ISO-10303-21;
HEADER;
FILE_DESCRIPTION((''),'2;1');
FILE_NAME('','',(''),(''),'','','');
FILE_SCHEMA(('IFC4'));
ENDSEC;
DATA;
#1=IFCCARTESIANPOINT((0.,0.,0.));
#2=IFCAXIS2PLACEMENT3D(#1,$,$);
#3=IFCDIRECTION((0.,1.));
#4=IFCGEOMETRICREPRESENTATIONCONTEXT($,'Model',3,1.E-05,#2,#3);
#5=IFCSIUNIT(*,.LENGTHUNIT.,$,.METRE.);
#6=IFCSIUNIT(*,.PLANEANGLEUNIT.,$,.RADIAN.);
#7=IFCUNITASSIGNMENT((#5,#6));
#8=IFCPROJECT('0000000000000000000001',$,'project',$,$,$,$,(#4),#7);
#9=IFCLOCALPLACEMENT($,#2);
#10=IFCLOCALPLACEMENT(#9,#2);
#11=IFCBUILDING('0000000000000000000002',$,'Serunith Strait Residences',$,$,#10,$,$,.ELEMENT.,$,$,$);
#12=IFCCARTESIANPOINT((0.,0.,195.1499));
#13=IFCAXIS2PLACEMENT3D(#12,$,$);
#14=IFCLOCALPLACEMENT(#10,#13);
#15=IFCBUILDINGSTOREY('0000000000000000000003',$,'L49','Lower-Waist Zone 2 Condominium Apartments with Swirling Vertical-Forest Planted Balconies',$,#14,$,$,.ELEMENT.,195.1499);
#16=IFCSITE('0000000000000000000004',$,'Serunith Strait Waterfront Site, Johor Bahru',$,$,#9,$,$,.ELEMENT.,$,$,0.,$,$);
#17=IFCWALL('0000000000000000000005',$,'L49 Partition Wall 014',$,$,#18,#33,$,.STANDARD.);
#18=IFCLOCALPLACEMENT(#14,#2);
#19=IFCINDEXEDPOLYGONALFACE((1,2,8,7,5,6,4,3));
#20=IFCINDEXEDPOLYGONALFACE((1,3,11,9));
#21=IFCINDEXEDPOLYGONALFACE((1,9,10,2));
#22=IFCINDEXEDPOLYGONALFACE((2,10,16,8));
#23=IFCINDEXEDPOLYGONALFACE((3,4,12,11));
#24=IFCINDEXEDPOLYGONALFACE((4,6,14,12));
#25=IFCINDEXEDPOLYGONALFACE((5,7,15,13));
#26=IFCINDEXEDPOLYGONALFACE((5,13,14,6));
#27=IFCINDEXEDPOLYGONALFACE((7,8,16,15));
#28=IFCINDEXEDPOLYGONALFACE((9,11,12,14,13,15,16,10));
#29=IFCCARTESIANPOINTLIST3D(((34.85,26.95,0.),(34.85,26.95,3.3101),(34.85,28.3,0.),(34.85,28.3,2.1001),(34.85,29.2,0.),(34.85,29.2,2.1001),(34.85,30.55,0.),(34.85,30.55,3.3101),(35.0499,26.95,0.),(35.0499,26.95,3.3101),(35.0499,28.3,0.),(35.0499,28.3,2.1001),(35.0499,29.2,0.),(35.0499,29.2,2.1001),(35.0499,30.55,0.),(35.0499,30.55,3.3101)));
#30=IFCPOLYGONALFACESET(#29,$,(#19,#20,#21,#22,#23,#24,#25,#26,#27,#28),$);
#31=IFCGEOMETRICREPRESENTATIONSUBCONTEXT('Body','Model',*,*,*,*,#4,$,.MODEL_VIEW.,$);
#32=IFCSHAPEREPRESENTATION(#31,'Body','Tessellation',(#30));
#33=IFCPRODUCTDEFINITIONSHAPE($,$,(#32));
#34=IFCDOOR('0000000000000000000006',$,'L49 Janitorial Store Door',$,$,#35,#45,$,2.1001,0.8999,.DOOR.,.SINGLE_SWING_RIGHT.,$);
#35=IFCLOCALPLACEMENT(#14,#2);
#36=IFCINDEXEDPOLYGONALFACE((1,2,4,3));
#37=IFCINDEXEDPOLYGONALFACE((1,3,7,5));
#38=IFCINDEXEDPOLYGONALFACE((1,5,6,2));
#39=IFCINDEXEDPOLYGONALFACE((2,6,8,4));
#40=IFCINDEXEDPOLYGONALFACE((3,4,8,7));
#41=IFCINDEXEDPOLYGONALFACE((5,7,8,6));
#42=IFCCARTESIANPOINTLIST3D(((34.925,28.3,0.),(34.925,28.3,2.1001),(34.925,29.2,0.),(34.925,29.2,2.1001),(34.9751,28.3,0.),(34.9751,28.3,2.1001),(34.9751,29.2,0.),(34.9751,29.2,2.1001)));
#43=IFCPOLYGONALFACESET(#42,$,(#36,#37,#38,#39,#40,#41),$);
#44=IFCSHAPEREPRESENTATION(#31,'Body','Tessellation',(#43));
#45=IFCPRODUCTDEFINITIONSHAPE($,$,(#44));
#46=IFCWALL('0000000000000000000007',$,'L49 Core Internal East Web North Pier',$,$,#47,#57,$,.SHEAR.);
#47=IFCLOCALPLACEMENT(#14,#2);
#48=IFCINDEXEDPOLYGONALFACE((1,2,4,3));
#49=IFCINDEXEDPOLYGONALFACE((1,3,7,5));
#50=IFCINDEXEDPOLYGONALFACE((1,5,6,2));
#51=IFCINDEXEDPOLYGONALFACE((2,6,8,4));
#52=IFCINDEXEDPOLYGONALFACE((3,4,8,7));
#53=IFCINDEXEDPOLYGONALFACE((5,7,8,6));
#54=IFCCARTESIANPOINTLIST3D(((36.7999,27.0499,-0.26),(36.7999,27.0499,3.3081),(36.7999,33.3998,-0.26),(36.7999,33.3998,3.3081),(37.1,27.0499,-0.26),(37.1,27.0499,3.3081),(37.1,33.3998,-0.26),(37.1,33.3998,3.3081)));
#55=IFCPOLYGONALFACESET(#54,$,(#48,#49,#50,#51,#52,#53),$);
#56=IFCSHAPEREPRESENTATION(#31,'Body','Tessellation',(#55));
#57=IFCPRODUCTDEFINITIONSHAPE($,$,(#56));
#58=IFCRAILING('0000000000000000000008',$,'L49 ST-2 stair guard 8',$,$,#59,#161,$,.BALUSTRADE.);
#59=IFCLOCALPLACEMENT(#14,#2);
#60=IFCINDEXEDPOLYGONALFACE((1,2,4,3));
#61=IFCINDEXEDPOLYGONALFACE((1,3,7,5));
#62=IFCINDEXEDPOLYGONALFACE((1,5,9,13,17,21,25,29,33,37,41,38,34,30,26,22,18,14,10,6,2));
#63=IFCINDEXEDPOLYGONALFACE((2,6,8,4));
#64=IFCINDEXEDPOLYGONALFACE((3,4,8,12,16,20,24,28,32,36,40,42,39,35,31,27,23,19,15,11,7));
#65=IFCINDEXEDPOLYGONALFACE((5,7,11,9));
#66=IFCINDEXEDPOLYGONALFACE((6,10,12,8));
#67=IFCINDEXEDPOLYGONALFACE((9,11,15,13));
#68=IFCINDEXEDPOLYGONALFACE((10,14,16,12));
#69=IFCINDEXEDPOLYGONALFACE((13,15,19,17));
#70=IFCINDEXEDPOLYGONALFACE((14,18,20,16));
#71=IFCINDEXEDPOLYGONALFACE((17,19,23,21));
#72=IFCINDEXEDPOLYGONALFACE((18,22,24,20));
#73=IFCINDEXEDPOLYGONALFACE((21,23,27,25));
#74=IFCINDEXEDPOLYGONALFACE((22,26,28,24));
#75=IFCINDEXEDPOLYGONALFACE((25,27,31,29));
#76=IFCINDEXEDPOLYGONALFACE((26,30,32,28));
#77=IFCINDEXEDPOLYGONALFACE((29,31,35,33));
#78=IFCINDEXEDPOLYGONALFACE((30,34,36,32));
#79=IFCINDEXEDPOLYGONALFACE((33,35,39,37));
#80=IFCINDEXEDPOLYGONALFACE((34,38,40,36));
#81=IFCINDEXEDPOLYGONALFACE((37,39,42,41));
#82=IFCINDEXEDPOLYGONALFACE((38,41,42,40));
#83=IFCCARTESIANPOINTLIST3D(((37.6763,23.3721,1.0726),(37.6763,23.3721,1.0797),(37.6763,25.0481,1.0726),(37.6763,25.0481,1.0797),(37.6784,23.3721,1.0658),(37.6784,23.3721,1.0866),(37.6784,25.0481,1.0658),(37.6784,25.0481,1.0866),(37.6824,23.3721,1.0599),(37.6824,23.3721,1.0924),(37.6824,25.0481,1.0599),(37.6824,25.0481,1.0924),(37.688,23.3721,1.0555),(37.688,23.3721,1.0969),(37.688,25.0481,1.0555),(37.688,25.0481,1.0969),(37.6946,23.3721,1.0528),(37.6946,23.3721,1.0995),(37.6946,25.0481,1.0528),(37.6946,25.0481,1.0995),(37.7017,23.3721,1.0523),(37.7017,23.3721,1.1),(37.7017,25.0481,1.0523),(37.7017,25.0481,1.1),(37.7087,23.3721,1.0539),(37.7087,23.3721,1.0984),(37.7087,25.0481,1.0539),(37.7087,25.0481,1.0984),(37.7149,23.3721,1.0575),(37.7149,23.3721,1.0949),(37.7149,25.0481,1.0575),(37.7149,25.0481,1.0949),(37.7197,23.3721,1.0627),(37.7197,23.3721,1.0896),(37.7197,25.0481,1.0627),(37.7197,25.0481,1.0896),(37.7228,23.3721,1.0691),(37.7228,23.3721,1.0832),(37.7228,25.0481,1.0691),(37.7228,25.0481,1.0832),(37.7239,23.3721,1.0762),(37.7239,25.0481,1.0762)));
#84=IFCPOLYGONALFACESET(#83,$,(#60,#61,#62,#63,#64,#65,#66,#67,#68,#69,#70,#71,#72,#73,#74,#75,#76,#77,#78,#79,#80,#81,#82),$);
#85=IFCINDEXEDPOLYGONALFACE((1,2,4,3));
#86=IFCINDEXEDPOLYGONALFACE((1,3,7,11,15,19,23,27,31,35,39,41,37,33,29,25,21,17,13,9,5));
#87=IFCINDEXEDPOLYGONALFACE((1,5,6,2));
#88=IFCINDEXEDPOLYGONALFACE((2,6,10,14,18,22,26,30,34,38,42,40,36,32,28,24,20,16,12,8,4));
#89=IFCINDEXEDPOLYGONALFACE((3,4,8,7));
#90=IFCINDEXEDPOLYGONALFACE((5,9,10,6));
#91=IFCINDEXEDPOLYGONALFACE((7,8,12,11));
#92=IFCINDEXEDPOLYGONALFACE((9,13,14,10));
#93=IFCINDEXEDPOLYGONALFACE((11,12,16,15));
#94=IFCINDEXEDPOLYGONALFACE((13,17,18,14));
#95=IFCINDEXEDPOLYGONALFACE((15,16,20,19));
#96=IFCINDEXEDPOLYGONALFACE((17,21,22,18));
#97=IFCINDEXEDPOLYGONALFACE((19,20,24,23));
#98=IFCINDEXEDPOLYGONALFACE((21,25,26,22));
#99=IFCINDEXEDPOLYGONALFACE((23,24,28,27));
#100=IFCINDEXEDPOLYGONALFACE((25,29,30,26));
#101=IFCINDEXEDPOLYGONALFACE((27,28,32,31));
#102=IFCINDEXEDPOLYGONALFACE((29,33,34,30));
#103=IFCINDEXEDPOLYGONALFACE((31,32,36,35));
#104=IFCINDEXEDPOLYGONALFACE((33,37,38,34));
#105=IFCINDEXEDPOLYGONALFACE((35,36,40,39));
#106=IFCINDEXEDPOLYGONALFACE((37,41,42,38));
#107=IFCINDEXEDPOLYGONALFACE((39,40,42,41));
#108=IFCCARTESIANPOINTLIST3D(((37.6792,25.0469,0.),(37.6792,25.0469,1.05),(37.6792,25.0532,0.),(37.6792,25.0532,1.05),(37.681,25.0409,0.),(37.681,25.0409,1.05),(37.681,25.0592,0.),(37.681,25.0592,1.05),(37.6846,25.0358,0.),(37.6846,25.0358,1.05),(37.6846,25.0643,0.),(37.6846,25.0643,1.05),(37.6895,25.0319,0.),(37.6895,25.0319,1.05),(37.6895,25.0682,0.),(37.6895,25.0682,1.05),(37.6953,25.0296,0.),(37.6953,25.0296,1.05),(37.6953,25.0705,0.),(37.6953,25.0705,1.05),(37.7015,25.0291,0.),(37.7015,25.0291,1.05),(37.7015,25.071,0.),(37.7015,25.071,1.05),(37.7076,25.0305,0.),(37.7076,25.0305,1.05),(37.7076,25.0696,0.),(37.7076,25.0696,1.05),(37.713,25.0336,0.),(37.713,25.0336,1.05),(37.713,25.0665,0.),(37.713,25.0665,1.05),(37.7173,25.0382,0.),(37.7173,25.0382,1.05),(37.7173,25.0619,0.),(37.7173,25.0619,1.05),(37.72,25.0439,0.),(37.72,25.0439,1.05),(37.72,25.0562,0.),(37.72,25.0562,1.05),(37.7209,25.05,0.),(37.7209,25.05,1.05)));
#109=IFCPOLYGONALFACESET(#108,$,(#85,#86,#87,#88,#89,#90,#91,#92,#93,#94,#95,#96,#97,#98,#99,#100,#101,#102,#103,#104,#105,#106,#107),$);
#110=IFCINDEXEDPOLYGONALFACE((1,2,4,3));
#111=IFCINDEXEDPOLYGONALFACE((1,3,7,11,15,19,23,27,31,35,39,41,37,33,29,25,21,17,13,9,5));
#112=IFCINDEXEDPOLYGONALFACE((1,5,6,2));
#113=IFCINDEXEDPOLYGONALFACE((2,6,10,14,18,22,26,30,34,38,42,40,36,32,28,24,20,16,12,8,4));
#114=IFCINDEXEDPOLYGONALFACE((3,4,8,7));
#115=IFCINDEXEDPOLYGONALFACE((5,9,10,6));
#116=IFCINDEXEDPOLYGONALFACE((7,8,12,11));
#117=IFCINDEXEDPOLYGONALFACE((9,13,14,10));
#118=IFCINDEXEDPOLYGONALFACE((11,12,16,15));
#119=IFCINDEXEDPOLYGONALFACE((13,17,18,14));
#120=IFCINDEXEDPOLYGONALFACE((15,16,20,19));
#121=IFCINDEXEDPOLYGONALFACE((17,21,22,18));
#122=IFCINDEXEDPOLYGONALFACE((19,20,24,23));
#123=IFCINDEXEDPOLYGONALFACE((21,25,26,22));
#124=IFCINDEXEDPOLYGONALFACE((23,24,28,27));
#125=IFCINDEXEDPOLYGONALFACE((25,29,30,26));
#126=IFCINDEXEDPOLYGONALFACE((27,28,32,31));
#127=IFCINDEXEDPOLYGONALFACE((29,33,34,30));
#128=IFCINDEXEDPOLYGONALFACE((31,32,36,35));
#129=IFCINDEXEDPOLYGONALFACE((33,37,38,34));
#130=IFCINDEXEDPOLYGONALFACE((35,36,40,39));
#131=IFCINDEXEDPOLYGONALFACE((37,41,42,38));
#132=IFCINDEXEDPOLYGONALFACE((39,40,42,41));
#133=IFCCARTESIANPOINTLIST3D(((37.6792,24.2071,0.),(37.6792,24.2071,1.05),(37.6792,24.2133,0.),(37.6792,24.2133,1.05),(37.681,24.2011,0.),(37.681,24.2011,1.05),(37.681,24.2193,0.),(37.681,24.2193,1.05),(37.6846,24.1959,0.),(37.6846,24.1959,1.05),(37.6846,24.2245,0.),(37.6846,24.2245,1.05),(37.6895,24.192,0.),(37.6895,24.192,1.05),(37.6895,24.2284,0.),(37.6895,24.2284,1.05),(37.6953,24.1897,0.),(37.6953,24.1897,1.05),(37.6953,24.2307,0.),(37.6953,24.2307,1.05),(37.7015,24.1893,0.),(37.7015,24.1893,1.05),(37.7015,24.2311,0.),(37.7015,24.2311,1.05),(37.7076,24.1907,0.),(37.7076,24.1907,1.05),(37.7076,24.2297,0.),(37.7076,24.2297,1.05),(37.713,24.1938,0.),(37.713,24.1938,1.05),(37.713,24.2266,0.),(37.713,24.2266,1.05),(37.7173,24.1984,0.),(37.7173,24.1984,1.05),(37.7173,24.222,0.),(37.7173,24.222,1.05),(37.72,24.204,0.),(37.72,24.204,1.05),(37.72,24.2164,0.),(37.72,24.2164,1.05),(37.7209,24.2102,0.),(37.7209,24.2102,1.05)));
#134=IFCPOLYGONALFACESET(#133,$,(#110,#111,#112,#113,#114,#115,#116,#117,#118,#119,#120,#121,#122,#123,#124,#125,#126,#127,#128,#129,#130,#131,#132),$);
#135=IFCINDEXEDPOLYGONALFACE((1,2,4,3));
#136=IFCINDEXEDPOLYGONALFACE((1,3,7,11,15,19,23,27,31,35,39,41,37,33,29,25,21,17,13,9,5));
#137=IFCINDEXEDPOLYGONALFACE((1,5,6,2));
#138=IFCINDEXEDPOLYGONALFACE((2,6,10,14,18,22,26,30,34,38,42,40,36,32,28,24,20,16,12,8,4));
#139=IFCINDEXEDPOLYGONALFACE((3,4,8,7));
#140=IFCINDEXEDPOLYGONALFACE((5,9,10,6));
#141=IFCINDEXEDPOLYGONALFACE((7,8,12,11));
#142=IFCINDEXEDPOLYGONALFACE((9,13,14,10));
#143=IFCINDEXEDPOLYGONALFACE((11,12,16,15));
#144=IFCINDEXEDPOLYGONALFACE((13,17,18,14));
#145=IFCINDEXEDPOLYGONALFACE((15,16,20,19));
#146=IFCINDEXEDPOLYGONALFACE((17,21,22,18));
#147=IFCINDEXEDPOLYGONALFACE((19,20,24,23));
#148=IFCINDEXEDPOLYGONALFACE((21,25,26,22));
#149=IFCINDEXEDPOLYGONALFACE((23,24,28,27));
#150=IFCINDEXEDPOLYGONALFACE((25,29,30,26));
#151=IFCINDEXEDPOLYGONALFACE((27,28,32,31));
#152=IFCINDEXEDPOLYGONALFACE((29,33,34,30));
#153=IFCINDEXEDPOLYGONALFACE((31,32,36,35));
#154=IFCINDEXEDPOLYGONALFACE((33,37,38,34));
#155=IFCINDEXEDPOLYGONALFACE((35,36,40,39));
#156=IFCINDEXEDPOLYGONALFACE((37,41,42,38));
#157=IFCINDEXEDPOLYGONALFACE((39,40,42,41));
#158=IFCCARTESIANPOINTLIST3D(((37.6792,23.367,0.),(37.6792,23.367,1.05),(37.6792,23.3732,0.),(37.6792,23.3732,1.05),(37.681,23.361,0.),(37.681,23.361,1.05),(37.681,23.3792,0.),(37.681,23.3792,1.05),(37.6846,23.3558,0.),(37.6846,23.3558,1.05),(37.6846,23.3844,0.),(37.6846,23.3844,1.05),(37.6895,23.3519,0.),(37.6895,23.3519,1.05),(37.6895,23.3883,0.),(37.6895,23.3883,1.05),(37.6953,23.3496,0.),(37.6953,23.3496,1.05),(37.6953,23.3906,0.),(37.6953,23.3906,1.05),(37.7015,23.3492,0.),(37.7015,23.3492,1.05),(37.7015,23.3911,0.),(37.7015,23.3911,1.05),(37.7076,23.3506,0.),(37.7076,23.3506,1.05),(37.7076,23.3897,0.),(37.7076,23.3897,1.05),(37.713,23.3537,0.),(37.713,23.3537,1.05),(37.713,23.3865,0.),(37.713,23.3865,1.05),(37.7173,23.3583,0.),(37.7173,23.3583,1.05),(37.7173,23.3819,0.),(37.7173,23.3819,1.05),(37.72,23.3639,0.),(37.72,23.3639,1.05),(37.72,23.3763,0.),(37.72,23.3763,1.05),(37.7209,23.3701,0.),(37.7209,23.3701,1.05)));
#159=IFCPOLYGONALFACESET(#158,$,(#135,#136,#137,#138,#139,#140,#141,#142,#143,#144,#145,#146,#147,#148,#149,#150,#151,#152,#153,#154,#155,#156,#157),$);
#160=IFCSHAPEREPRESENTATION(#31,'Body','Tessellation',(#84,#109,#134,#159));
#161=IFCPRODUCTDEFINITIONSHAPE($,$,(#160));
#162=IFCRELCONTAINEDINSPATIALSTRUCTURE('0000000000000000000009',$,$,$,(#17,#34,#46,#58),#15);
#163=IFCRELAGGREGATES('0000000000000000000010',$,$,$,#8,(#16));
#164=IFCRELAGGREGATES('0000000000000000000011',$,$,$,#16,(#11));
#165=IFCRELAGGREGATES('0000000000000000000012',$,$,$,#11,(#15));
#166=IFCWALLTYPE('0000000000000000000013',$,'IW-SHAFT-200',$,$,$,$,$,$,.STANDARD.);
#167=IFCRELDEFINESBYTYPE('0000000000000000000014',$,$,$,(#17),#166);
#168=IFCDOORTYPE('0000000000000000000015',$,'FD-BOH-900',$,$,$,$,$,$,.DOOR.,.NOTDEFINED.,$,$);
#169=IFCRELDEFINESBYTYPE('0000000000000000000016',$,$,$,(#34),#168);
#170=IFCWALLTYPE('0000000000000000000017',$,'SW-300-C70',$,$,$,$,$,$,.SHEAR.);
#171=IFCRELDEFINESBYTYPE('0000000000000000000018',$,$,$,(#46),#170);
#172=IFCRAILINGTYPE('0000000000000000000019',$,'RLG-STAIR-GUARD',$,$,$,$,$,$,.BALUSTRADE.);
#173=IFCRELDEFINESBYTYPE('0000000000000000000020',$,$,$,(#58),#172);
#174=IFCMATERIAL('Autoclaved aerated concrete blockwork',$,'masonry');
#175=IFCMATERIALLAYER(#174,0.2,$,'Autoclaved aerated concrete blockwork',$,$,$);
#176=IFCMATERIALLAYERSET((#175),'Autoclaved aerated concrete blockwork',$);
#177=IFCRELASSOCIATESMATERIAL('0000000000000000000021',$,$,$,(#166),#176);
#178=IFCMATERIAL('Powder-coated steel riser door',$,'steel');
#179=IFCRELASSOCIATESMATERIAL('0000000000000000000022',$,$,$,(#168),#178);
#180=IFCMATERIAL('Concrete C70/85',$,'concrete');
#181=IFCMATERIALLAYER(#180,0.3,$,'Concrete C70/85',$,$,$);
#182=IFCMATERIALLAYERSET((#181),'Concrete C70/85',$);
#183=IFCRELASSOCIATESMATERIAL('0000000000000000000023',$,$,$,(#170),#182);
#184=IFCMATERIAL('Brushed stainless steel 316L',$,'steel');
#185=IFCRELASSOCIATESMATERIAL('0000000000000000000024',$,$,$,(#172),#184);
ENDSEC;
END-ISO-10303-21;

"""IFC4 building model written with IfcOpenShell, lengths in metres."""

from ifc_helpers import new_model, si_unit, direction, frame, frame_2d, origin, origin_2d, place, context, subcontext, project, spatial, rectangle, circle, extrude, source, transform, mapped, material, layer, layer_set, type_object, element, fill, save


model = new_model("IFC4")

# Units and contexts
model_context = context("Model", 3, precision=1e-05, world=origin(), true_north=direction((0.0, 1.0)))
body_context = subcontext(model_context, "Body", "Model", "MODEL_VIEW")
ifc_project = project(units=[si_unit("LENGTHUNIT", "METRE"), si_unit("PLANEANGLEUNIT", "RADIAN")], contexts=[model_context])

# Site, building, storey
site_placement = place(None, origin())
site = spatial("IfcSite", under=ifc_project, at=site_placement, Name="Serunith Strait Waterfront Site, Johor Bahru", CompositionType="ELEMENT", RefElevation=0.0)
building_placement = place(site_placement, origin())
building = spatial("IfcBuilding", under=site, at=building_placement, Name="Serunith Strait Residences", CompositionType="ELEMENT")
storey_placement = place(building_placement, frame((0.0, 0.0, 195.1499)))
storey = spatial("IfcBuildingStorey", under=building, at=storey_placement, Name="L49", Description="Lower-Waist Zone 2 Condominium Apartments with Swirling Vertical-Forest Planted Balconies", CompositionType="ELEMENT", Elevation=195.1499)

# Shared definitions
ifc_material_1 = material(Name="Autoclaved aerated concrete blockwork", Category="masonry")
ifc_layer_1 = layer(ifc_material_1, 0.2, Name="Autoclaved aerated concrete blockwork")
ifc_layer_set_1 = layer_set([ifc_layer_1], Name="Autoclaved aerated concrete blockwork")
wall_type_1 = type_object("IfcWallType", Name="IW-SHAFT-200", PredefinedType="STANDARD", material=ifc_layer_set_1)

# Wall, opening, door
wall_1_placement = place(storey_placement, frame((34.95, 26.95, 0.0), z_axis=(0.0, 0.0, 1.0), x_axis=(0.0, 1.0, 0.0)))
wall_1 = element("IfcWall", 1, at=wall_1_placement, inside=storey, type_object=wall_type_1, Name="L49 Partition Wall 014", PredefinedType="STANDARD", context=body_context, shape_type="SweptSolid", body=[
    extrude(rectangle(XDim=3.6001, YDim=0.2, at=frame_2d((1.8, 0.0))), origin(), (0.0, 0.0, 1.0), 3.3101),
])
opening_1_placement = place(wall_1_placement, frame((1.3501, 0.0, 0.0)))
opening_1 = element("IfcOpeningElement", 2, at=opening_1_placement, cuts=wall_1, PredefinedType="OPENING", context=body_context, shape_type="SweptSolid", body=[
    extrude(rectangle(XDim=0.8999, YDim=2.1001, at=frame_2d((0.45, 1.05))), frame((0.0, 0.1099, 0.0), z_axis=(0.0, -1.0, 0.0), x_axis=(1.0, 0.0, 0.0)), (0.0, 0.0, 1.0), 0.22),
])
ifc_material_2 = material(Name="Powder-coated steel riser door", Category="steel")
door_type_1 = type_object("IfcDoorType", Name="FD-BOH-900", OperationType="NOTDEFINED", PredefinedType="DOOR", material=ifc_material_2)
shared_shape_1 = source(origin(), body_context, "Body", "SweptSolid", [
    extrude(rectangle(XDim=0.8999, YDim=2.1001, at=frame_2d((0.45, 1.05))), frame((0.0, 0.0249, 0.0), z_axis=(0.0, -1.0, 0.0), x_axis=(1.0, 0.0, 0.0)), (0.0, 0.0, 1.0), 0.05),
])
door_1_placement = place(opening_1_placement, origin())
door_1 = element("IfcDoor", 3, at=door_1_placement, inside=storey, type_object=door_type_1, Name="L49 Janitorial Store Door", OperationType="SINGLE_SWING_RIGHT", OverallHeight=2.1001, OverallWidth=0.8999, PredefinedType="DOOR", context=body_context, shape_type="MappedRepresentation", body=[
    mapped(shared_shape_1, transform((0.0, 0.0, 0.0), scale=1.0)),
])
fill(opening_1, door_1)

# Wall
ifc_material_3 = material(Name="Concrete C70/85", Category="concrete")
ifc_layer_2 = layer(ifc_material_3, 0.3, Name="Concrete C70/85")
ifc_layer_set_2 = layer_set([ifc_layer_2], Name="Concrete C70/85")
wall_type_2 = type_object("IfcWallType", Name="SW-300-C70", PredefinedType="SHEAR", material=ifc_layer_set_2)
wall_2_placement = place(storey_placement, frame((36.95, 27.05, -0.26), z_axis=(0.0, 0.0, 1.0), x_axis=(0.0, 1.0, 0.0)))
element("IfcWall", 4, at=wall_2_placement, inside=storey, type_object=wall_type_2, Name="L49 Core Internal East Web North Pier", PredefinedType="SHEAR", context=body_context, shape_type="SweptSolid", body=[
    extrude(rectangle(XDim=6.3499, YDim=0.3, at=frame_2d((3.1748, 0.0))), origin(), (0.0, 0.0, 1.0), 3.5681),
])

# Railing
ifc_material_4 = material(Name="Brushed stainless steel 316L", Category="steel")
railing_type = type_object("IfcRailingType", Name="RLG-STAIR-GUARD", PredefinedType="BALUSTRADE", material=ifc_material_4)
for number, where, name in (
    (5, (37.7, 25.05, 0.0), "L49 ST-2 stair guard 8"),
):
    element("IfcRailing", number, at=place(storey_placement, frame(where)), inside=storey, type_object=railing_type, Name=name, PredefinedType="BALUSTRADE", context=body_context, shape_type="SweptSolid", body=[
        extrude(circle(Radius=0.0239, at=origin_2d()), frame((0.0, -0.002, 1.0762), z_axis=(0.0, -1.0, 0.0), x_axis=(1.0, 0.0, 0.0)), (0.0, 0.0, 1.0), 1.676),
        extrude(circle(Radius=0.021, at=origin_2d()), origin(), (0.0, 0.0, 1.0), 1.05),
        extrude(circle(Radius=0.021, at=origin_2d()), frame((0.0, -0.8398, 0.0)), (0.0, 0.0, 1.0), 1.05),
        extrude(circle(Radius=0.021, at=origin_2d()), frame((0.0, -1.6799, 0.0)), (0.0, 0.0, 1.0), 1.05),
    ])

save(model, "model.ifc")
